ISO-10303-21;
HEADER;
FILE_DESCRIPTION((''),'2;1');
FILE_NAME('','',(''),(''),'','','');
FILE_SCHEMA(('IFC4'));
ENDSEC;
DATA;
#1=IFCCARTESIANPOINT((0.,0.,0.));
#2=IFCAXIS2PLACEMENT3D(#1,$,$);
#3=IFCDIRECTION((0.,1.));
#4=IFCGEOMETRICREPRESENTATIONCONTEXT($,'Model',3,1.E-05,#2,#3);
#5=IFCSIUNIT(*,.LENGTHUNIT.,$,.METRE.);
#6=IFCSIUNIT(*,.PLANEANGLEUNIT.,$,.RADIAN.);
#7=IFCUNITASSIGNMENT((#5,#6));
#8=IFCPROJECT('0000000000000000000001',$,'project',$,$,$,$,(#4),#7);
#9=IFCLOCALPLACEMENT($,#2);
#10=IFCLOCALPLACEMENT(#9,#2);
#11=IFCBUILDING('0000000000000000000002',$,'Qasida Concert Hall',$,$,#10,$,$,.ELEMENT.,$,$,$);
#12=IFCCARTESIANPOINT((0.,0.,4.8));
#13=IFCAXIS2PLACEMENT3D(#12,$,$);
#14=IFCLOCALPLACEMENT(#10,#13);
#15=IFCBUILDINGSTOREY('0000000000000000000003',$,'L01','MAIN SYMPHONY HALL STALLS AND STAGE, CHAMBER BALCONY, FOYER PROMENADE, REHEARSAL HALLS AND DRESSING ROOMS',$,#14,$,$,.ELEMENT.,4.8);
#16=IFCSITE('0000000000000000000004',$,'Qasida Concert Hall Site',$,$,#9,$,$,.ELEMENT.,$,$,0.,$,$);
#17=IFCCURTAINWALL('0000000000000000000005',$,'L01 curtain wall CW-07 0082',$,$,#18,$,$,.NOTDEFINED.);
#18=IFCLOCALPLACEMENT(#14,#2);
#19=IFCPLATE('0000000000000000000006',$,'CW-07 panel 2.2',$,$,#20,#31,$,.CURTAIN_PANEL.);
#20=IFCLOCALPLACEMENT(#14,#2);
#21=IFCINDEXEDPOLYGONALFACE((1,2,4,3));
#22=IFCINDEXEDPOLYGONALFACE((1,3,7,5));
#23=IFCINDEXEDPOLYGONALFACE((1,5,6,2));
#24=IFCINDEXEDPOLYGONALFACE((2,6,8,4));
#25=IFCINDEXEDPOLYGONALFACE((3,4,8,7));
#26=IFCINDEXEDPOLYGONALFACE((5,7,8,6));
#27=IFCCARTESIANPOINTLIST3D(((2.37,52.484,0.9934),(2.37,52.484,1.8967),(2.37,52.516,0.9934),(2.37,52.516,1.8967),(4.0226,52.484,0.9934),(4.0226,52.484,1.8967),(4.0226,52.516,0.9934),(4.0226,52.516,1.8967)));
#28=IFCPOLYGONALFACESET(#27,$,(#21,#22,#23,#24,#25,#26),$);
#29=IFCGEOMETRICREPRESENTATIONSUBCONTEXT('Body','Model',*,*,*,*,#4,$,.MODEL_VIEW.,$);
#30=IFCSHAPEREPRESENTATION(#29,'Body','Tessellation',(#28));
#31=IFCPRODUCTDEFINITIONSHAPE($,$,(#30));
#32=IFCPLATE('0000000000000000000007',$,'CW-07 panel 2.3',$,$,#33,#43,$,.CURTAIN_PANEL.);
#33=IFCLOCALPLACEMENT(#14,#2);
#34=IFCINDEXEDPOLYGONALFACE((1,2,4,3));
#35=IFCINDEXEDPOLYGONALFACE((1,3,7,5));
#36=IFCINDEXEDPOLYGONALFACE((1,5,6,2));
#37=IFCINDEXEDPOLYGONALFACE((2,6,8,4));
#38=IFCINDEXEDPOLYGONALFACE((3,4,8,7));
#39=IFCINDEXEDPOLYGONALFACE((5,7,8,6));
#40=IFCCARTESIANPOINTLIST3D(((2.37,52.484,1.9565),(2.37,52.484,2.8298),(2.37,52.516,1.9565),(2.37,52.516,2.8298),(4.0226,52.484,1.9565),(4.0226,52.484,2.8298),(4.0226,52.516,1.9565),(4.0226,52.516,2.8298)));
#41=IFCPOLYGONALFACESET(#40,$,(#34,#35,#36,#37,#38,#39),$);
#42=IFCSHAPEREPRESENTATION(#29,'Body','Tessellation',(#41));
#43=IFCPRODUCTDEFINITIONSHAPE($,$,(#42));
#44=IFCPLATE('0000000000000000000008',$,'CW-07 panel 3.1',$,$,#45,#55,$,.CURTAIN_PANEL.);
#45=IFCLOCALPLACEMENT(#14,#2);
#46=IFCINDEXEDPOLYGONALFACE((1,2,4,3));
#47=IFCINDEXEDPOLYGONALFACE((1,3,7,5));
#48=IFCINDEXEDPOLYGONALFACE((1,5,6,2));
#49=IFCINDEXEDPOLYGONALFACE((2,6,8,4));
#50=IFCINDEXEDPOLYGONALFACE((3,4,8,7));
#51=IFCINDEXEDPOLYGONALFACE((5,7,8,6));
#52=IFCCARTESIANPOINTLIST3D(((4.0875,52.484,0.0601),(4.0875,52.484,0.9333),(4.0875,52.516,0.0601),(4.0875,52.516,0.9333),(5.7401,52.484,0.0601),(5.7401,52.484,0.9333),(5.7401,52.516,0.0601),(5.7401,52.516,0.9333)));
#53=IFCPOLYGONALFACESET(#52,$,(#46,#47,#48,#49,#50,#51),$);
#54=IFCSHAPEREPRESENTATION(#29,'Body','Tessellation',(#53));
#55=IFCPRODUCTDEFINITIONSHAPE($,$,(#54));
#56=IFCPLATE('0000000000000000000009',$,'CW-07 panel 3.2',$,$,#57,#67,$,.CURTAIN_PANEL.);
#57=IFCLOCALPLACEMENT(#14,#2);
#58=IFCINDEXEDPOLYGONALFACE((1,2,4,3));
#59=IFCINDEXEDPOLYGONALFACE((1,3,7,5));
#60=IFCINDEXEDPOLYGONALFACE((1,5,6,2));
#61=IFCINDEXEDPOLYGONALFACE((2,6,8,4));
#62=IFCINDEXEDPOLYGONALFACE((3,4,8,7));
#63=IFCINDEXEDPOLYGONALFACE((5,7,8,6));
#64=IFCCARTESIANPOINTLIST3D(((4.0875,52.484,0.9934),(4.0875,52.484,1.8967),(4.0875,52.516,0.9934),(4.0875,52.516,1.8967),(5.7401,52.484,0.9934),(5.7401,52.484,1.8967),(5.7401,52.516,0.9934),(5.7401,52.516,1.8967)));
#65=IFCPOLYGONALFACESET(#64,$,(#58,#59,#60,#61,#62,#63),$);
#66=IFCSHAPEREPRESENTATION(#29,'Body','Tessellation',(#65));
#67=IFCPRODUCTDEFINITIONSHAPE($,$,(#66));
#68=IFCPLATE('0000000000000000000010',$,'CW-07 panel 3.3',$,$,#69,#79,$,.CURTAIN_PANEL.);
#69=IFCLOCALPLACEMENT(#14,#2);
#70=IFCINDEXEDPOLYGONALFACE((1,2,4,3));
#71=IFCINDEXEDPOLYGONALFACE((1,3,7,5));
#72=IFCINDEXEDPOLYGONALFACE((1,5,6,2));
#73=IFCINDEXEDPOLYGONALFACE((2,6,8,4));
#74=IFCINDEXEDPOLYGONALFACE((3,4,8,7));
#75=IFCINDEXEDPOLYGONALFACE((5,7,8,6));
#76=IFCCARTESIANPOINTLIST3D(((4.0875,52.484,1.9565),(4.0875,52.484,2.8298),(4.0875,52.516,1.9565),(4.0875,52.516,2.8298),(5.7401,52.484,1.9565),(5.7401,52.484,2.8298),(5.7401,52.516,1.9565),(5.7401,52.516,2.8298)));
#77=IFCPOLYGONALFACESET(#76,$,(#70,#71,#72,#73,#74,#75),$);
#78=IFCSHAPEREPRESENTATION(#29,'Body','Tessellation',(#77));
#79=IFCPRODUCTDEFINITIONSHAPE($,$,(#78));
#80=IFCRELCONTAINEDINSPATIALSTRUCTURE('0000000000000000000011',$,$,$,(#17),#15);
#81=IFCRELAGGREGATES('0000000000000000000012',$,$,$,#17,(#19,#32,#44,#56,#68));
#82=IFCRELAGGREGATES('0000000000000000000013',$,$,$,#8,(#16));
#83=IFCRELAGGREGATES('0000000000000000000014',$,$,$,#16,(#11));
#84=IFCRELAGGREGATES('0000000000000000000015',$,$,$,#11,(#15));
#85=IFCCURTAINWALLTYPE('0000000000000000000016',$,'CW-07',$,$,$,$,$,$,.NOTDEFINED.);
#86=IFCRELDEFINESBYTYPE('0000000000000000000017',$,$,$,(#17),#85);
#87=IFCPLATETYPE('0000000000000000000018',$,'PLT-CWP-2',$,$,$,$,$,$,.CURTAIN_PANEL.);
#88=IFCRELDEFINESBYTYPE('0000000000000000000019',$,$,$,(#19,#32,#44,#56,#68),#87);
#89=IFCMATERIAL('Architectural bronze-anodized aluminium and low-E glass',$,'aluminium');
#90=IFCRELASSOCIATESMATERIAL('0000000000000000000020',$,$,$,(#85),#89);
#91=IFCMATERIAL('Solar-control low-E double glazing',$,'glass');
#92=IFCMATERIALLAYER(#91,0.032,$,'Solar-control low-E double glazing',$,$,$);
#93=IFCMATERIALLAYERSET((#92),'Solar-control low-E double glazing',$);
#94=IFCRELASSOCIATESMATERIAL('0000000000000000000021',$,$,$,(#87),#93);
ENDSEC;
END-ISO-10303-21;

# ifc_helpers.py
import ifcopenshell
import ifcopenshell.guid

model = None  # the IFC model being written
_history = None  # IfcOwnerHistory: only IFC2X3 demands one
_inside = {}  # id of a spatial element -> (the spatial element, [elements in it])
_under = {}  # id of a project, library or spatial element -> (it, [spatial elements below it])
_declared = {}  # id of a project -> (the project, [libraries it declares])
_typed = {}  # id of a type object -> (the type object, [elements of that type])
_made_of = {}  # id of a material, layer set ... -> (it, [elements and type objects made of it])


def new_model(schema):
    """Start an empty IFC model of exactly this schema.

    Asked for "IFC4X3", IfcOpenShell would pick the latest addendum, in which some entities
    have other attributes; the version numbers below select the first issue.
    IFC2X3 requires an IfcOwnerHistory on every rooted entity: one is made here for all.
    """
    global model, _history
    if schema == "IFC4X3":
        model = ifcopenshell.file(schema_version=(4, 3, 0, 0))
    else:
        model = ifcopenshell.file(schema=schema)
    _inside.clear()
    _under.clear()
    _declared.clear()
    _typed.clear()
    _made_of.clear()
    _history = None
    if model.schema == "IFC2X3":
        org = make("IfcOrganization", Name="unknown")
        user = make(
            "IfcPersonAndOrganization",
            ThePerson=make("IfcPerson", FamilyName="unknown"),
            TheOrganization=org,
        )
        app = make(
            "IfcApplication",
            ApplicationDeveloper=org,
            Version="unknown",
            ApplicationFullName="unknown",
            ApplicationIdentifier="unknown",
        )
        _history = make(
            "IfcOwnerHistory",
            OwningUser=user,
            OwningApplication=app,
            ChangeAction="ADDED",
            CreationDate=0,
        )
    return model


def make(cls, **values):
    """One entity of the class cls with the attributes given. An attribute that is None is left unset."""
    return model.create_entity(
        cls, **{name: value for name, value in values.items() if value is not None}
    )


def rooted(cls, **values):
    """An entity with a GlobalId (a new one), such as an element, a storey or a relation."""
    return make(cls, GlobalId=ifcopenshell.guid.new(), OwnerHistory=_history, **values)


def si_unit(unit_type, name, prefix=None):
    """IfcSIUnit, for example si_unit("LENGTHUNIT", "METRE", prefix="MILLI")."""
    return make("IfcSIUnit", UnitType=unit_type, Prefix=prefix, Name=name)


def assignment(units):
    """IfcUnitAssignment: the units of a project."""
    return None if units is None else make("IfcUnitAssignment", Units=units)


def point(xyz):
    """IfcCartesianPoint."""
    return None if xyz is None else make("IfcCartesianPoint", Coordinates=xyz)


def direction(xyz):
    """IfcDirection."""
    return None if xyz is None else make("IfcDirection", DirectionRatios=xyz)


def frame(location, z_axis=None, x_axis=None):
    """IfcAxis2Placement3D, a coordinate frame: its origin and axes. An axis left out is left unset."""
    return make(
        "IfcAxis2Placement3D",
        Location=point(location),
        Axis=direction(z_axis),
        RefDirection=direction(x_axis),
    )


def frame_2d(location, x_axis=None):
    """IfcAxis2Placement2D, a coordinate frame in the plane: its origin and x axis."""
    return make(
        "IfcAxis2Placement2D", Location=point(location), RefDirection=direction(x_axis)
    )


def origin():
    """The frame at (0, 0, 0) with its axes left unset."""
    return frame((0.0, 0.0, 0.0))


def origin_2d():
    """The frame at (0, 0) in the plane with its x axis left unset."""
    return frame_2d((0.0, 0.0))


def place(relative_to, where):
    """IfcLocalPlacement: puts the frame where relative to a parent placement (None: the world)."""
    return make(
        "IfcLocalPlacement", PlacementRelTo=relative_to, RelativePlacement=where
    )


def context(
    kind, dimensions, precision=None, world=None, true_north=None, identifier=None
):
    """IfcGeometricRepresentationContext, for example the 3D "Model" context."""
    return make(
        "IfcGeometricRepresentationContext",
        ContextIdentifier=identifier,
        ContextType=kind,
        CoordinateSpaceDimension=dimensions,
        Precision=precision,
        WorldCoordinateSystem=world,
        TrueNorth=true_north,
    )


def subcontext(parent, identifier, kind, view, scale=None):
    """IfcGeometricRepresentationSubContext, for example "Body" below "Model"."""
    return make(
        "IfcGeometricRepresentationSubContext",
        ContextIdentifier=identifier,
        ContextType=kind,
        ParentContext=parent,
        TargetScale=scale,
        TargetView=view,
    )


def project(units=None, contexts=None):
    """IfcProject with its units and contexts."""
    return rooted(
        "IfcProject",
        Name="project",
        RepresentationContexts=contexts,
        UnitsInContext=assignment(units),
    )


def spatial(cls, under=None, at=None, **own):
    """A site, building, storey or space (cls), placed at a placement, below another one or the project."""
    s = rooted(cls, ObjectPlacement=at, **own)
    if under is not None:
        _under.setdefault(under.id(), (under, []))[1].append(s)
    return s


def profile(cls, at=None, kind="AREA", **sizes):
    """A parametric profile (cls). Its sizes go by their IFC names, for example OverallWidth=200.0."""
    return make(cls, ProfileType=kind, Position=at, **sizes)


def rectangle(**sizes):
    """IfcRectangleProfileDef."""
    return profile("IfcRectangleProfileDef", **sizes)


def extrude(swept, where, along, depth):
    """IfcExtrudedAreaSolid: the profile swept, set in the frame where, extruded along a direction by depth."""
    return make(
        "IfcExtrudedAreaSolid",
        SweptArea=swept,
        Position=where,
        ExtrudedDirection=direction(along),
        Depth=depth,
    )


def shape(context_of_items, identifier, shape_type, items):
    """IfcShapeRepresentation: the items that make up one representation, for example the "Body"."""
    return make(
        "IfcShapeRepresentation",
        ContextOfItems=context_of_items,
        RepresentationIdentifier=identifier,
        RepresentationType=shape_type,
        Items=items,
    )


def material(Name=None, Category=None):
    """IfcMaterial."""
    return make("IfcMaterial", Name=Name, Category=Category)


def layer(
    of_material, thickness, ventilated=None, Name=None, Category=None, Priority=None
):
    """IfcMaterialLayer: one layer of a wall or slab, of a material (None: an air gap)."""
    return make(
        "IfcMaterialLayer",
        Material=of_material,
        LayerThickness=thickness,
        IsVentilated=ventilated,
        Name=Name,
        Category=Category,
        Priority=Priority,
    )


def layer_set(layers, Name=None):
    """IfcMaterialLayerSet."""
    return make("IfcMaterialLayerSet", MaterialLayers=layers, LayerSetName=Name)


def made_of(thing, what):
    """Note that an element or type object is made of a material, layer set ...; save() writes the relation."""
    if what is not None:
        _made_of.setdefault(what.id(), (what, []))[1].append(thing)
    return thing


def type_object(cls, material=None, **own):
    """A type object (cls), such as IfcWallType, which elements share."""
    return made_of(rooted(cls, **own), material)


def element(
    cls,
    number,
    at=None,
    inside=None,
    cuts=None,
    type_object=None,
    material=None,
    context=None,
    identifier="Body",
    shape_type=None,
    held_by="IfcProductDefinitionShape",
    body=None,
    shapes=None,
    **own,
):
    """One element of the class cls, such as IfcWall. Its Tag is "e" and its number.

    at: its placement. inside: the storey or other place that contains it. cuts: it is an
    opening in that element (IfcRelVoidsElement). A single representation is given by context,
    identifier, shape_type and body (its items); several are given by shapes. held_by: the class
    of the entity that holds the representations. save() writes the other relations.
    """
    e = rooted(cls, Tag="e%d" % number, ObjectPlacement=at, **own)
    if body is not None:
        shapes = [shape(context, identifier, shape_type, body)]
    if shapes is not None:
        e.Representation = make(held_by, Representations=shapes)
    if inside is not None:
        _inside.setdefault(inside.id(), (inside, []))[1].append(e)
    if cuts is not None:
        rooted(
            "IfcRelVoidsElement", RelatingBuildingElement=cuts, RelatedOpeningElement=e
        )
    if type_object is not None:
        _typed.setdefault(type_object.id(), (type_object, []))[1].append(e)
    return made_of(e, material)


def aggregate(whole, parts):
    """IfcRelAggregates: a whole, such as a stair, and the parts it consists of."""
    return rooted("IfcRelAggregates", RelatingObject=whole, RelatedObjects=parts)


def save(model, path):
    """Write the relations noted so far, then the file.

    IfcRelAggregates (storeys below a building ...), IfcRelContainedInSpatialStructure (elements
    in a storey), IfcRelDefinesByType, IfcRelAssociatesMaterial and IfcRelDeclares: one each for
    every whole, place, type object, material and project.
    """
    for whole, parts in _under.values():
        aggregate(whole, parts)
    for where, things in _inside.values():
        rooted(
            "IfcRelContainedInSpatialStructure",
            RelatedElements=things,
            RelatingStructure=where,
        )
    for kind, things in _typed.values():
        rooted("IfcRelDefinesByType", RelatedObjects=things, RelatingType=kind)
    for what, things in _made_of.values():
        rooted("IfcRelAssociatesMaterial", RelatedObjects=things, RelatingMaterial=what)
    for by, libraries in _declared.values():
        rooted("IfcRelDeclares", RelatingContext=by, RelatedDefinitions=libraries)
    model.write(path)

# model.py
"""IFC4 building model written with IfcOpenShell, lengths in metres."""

from ifc_helpers import new_model, si_unit, direction, frame, origin, origin_2d, place, context, subcontext, project, spatial, rectangle, extrude, material, layer, layer_set, type_object, element, aggregate, save


model = new_model("IFC4")

# Units and contexts
model_context = context("Model", 3, precision=1e-05, world=origin(), true_north=direction((0.0, 1.0)))
body_context = subcontext(model_context, "Body", "Model", "MODEL_VIEW")
ifc_project = project(units=[si_unit("LENGTHUNIT", "METRE"), si_unit("PLANEANGLEUNIT", "RADIAN")], contexts=[model_context])

# Site, building, storey
site_placement = place(None, origin())
site = spatial("IfcSite", under=ifc_project, at=site_placement, Name="Qasida Concert Hall Site", CompositionType="ELEMENT", RefElevation=0.0)
building_placement = place(site_placement, origin())
building = spatial("IfcBuilding", under=site, at=building_placement, Name="Qasida Concert Hall", CompositionType="ELEMENT")
storey_placement = place(building_placement, frame((0.0, 0.0, 4.8)))
storey = spatial("IfcBuildingStorey", under=building, at=storey_placement, Name="L01", Description="MAIN SYMPHONY HALL STALLS AND STAGE, CHAMBER BALCONY, FOYER PROMENADE, REHEARSAL HALLS AND DRESSING ROOMS", CompositionType="ELEMENT", Elevation=4.8)

# Curtain wall, plates
ifc_material_1 = material(Name="Architectural bronze-anodized aluminium and low-E glass", Category="aluminium")
curtain_wall_type = type_object("IfcCurtainWallType", Name="CW-07", PredefinedType="NOTDEFINED", material=ifc_material_1)
curtain_wall_placement = place(storey_placement, origin())
curtain_wall = element("IfcCurtainWall", 1, at=curtain_wall_placement, inside=storey, type_object=curtain_wall_type, Name="L01 curtain wall CW-07 0082", PredefinedType="NOTDEFINED")
ifc_material_2 = material(Name="Solar-control low-E double glazing", Category="glass")
ifc_layer = layer(ifc_material_2, 0.032, Name="Solar-control low-E double glazing")
ifc_layer_set = layer_set([ifc_layer], Name="Solar-control low-E double glazing")
plate_type = type_object("IfcPlateType", Name="PLT-CWP-2", PredefinedType="CURTAIN_PANEL", material=ifc_layer_set)
plate_1_placement = place(storey_placement, frame((3.1963, 52.5, 0.9934), z_axis=(0.0, 0.0, 1.0), x_axis=(1.0, 0.0, 0.0)))
plate_1 = element("IfcPlate", 2, at=plate_1_placement, type_object=plate_type, Name="CW-07 panel 2.2", PredefinedType="CURTAIN_PANEL", context=body_context, shape_type="SweptSolid", body=[
    extrude(rectangle(XDim=1.6526, YDim=0.032, at=origin_2d()), origin(), (0.0, 0.0, 1.0), 0.9033),
])
plate_2_placement = place(storey_placement, frame((3.1963, 52.5, 1.9565), z_axis=(0.0, 0.0, 1.0), x_axis=(1.0, 0.0, 0.0)))
plate_2 = element("IfcPlate", 3, at=plate_2_placement, type_object=plate_type, Name="CW-07 panel 2.3", PredefinedType="CURTAIN_PANEL", context=body_context, shape_type="SweptSolid", body=[
    extrude(rectangle(XDim=1.6526, YDim=0.032, at=origin_2d()), origin(), (0.0, 0.0, 1.0), 0.8733),
])
plate_3_placement = place(storey_placement, frame((4.9138, 52.5, 0.0601), z_axis=(0.0, 0.0, 1.0), x_axis=(1.0, 0.0, 0.0)))
plate_3 = element("IfcPlate", 4, at=plate_3_placement, type_object=plate_type, Name="CW-07 panel 3.1", PredefinedType="CURTAIN_PANEL", context=body_context, shape_type="SweptSolid", body=[
    extrude(rectangle(XDim=1.6526, YDim=0.032, at=origin_2d()), origin(), (0.0, 0.0, 1.0), 0.8733),
])
plate_4_placement = place(storey_placement, frame((4.9138, 52.5, 0.9934), z_axis=(0.0, 0.0, 1.0), x_axis=(1.0, 0.0, 0.0)))
plate_4 = element("IfcPlate", 5, at=plate_4_placement, type_object=plate_type, Name="CW-07 panel 3.2", PredefinedType="CURTAIN_PANEL", context=body_context, shape_type="SweptSolid", body=[
    extrude(rectangle(XDim=1.6526, YDim=0.032, at=origin_2d()), origin(), (0.0, 0.0, 1.0), 0.9033),
])
plate_5_placement = place(storey_placement, frame((4.9138, 52.5, 1.9565), z_axis=(0.0, 0.0, 1.0), x_axis=(1.0, 0.0, 0.0)))
plate_5 = element("IfcPlate", 6, at=plate_5_placement, type_object=plate_type, Name="CW-07 panel 3.3", PredefinedType="CURTAIN_PANEL", context=body_context, shape_type="SweptSolid", body=[
    extrude(rectangle(XDim=1.6526, YDim=0.032, at=origin_2d()), origin(), (0.0, 0.0, 1.0), 0.8733),
])
aggregate(curtain_wall, [plate_1, plate_2, plate_3, plate_4, plate_5])

save(model, "model.ifc")
